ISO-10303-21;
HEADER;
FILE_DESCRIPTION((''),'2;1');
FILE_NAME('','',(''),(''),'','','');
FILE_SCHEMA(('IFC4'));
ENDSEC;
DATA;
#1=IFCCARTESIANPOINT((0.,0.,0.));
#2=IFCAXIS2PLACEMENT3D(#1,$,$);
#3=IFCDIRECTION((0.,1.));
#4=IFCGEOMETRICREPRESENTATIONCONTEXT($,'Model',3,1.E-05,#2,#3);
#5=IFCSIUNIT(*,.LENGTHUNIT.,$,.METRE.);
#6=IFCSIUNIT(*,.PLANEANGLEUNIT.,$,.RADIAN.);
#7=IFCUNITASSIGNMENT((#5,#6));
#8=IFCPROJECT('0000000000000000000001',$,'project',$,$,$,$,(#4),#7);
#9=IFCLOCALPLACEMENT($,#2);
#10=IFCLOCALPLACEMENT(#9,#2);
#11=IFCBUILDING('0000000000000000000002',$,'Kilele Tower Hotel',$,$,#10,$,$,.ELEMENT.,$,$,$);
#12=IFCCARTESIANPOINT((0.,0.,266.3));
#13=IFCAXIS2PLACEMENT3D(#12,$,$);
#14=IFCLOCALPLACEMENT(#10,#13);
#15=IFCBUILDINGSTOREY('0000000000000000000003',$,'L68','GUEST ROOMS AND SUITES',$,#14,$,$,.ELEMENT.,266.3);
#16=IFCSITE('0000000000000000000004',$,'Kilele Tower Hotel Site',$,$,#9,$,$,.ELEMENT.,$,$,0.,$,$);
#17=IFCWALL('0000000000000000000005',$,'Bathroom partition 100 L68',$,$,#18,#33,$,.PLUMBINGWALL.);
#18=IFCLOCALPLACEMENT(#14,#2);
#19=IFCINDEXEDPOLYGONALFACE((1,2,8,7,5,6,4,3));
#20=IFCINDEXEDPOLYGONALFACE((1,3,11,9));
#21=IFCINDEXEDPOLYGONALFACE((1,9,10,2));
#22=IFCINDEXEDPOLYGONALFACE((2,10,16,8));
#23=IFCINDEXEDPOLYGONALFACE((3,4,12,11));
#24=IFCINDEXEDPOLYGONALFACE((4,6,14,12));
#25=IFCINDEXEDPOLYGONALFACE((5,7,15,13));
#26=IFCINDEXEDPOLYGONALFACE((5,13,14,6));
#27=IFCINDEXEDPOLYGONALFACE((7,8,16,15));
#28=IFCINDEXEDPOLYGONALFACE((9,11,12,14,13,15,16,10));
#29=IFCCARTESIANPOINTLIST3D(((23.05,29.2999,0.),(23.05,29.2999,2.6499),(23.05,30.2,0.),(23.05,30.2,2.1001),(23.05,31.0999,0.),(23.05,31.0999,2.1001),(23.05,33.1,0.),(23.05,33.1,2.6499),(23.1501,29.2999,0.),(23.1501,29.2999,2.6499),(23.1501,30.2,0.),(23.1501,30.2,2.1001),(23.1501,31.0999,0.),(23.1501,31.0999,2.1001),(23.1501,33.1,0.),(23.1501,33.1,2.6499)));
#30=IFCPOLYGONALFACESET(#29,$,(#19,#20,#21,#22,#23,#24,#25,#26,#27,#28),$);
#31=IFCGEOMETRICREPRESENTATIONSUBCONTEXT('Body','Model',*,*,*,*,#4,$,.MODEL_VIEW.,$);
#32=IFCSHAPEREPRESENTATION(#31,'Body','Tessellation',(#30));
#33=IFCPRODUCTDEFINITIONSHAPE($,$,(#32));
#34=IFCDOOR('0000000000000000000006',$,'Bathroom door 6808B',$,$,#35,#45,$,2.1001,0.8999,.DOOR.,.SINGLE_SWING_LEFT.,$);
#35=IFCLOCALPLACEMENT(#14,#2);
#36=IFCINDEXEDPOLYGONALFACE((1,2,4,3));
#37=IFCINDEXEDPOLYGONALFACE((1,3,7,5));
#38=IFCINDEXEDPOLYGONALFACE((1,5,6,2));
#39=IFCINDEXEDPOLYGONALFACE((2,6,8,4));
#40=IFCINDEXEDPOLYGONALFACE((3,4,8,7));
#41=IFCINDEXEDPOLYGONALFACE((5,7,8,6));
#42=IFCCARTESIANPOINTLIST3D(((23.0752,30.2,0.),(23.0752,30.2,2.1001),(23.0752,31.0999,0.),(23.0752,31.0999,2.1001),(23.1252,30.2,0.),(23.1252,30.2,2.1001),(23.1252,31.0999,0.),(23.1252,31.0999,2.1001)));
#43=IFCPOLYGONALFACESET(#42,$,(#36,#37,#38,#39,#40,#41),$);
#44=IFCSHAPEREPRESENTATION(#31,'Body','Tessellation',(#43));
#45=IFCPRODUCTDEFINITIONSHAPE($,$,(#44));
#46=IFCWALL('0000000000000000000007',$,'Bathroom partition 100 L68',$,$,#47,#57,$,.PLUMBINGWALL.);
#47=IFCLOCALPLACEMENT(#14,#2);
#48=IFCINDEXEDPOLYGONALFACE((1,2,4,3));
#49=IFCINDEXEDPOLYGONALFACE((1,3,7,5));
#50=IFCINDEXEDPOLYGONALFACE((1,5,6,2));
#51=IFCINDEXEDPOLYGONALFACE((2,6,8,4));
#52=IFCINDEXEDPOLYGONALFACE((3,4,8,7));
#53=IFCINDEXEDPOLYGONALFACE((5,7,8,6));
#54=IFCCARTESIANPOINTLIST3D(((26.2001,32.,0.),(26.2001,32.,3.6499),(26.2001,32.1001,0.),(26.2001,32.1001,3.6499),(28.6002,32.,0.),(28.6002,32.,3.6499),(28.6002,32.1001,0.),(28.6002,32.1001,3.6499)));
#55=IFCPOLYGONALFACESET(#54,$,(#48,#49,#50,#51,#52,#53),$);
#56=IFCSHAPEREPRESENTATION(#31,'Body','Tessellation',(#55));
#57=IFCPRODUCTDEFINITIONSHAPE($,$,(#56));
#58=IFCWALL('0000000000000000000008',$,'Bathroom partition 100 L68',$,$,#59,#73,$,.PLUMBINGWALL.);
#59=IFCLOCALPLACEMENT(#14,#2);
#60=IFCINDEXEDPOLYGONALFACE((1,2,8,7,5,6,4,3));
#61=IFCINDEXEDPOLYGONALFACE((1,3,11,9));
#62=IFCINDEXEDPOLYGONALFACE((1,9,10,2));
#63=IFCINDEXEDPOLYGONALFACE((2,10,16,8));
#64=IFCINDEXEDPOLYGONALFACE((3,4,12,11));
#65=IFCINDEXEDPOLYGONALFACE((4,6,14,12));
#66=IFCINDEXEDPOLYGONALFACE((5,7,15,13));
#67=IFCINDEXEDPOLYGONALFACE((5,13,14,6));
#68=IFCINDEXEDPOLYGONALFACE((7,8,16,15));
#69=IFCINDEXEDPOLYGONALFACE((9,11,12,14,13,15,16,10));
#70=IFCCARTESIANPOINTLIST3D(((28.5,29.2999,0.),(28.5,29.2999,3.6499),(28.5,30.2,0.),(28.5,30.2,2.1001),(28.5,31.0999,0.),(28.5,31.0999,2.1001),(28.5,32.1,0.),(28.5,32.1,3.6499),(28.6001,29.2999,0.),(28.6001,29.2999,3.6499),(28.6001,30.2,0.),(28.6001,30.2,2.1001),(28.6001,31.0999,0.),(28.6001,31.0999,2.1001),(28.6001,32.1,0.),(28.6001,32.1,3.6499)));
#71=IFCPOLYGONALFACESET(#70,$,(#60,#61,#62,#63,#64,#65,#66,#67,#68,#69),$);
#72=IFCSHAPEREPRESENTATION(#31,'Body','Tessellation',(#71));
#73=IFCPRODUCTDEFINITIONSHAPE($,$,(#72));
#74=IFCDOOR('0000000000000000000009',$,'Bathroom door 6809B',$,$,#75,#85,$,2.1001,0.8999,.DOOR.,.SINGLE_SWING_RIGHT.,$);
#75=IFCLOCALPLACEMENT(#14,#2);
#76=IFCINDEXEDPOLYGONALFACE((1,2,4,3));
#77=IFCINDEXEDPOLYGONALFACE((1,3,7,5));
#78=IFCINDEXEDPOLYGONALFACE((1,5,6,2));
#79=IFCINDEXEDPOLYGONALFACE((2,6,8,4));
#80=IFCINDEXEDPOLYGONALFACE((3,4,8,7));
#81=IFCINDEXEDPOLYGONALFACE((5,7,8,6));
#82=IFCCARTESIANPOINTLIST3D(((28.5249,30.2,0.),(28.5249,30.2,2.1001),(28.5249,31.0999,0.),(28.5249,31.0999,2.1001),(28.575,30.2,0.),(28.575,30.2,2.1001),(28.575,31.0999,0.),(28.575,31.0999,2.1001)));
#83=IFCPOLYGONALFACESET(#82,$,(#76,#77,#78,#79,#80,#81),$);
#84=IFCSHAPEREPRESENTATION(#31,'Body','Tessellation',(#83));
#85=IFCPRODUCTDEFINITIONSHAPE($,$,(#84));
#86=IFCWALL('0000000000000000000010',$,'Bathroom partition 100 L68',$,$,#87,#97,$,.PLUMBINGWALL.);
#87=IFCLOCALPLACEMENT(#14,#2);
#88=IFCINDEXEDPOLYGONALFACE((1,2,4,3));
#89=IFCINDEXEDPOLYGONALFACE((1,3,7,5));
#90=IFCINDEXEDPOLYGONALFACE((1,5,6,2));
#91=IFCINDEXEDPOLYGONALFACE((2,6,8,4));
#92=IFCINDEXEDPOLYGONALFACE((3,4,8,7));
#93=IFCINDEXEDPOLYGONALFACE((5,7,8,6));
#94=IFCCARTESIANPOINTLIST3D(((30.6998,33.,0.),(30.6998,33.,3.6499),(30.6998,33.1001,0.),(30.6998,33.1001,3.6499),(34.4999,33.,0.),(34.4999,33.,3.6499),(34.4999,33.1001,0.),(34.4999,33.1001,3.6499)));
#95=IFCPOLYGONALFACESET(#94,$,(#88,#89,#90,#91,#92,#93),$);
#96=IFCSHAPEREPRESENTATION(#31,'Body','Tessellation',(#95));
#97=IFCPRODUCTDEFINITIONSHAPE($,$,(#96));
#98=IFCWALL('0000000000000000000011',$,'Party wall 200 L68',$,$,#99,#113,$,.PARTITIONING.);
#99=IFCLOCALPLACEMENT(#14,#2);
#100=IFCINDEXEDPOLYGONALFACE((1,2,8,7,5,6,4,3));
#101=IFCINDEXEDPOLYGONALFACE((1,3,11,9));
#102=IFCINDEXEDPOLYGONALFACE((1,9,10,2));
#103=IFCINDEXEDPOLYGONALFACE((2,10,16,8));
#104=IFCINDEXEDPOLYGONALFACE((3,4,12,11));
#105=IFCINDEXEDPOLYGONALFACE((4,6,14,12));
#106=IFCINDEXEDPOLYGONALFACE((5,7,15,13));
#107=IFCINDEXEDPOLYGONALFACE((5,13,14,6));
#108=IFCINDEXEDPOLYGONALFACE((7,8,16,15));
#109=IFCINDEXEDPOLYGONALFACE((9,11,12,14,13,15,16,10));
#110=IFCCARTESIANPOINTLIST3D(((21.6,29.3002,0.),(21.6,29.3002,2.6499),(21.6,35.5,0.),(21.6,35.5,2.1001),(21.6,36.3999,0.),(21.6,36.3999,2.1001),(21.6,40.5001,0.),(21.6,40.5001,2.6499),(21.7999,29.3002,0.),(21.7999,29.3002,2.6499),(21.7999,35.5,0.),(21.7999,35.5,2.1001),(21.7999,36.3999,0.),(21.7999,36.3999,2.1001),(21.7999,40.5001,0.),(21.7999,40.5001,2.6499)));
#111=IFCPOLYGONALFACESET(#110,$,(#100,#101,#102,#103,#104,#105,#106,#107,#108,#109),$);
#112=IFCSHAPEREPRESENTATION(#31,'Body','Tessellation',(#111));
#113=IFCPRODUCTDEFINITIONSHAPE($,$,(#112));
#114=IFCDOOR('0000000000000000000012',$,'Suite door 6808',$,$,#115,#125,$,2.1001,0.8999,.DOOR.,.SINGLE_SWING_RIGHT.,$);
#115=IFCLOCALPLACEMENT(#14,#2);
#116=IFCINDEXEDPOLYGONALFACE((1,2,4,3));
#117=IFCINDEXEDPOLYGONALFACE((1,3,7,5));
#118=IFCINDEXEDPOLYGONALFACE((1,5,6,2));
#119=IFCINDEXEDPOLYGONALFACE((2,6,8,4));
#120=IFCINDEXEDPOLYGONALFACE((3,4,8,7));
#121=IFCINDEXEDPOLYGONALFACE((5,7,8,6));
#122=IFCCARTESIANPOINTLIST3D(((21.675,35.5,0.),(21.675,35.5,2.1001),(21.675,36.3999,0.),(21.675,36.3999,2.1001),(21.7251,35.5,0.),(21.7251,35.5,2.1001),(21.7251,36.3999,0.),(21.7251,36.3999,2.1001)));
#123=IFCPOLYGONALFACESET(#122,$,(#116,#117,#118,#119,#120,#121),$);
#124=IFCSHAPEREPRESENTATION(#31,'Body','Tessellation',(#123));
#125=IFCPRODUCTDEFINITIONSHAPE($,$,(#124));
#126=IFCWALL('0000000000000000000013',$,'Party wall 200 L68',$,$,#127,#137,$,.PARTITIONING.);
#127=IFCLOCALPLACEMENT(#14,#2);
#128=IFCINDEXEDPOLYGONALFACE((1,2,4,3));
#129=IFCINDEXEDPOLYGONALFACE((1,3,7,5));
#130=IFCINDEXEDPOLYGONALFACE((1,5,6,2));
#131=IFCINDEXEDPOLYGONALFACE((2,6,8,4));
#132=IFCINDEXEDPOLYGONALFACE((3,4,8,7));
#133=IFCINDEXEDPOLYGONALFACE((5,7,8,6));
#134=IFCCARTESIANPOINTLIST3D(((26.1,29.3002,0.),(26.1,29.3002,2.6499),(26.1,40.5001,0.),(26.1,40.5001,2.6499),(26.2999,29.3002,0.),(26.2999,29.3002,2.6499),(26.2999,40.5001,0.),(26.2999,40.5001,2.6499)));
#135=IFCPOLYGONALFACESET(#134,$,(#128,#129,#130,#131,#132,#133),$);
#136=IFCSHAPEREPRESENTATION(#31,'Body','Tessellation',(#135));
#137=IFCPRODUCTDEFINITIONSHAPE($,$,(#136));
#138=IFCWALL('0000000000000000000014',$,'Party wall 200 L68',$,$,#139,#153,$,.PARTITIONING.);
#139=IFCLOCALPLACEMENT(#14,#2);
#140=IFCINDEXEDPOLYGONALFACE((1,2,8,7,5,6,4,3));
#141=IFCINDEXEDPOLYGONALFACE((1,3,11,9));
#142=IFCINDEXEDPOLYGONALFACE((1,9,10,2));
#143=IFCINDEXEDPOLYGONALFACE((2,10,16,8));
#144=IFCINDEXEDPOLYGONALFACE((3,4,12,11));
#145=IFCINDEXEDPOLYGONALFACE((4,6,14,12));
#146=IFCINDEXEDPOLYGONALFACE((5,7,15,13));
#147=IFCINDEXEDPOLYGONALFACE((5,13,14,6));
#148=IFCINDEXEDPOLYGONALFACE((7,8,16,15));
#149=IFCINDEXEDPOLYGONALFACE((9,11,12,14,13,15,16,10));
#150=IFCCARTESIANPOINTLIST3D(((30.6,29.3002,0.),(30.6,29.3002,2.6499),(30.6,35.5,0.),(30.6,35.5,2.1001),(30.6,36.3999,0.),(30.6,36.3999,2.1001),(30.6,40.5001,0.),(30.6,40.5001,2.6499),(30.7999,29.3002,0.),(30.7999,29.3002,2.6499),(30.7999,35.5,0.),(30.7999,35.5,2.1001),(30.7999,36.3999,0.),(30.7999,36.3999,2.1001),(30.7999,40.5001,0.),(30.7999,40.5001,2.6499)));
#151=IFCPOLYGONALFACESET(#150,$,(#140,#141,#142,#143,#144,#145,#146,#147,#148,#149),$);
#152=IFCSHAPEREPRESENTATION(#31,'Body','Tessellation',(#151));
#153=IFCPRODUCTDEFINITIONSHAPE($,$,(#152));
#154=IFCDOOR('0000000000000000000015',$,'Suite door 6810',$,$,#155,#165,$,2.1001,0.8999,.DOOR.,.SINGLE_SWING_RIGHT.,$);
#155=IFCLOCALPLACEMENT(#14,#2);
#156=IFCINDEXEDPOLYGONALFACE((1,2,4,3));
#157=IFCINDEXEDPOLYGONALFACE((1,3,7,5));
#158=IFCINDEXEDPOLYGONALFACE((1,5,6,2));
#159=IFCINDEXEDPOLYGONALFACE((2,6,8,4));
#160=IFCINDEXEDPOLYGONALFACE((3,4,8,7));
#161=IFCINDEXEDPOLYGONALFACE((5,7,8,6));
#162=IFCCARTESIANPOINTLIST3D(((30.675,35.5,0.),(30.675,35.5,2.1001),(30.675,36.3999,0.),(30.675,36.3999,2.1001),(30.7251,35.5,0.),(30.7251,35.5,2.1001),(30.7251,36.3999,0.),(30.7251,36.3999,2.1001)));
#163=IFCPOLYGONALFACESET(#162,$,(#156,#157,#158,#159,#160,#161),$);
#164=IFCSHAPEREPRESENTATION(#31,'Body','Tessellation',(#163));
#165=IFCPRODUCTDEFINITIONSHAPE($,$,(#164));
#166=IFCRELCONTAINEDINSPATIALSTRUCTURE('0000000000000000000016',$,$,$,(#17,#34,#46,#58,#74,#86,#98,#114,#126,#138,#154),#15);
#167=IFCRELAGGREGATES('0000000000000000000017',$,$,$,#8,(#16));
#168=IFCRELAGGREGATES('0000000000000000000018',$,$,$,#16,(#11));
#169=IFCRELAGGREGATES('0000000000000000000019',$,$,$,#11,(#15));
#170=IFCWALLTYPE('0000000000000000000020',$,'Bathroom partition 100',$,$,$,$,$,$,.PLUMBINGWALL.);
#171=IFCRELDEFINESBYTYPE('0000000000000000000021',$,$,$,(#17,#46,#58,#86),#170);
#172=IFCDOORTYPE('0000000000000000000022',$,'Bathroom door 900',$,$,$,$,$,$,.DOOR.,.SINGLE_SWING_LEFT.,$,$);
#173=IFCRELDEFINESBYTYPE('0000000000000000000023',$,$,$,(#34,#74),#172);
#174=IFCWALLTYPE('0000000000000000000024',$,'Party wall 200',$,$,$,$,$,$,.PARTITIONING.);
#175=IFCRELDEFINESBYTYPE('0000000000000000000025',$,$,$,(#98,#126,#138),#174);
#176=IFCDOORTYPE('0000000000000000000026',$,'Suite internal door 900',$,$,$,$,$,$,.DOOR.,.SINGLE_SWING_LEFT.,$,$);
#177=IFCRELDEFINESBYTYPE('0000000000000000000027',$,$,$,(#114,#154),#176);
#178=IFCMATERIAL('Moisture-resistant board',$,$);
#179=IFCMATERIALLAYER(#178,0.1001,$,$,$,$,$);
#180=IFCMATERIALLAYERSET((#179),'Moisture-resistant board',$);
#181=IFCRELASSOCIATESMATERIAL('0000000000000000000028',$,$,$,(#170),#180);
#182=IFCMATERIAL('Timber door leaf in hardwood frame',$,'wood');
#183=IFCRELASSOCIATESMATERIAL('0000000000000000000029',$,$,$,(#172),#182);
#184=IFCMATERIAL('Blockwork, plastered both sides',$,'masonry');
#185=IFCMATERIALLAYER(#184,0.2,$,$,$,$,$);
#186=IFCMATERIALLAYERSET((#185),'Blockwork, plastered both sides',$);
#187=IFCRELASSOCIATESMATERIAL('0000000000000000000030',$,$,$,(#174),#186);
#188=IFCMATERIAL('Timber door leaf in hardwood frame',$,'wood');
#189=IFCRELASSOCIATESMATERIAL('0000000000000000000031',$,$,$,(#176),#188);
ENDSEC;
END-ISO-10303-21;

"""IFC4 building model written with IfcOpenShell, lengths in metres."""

from ifc_helpers import new_model, si_unit, direction, frame, frame_2d, origin, place, context, subcontext, project, spatial, rectangle, extrude, material, layer, layer_set, type_object, element, fill, save


model = new_model("IFC4")

# Units and contexts
model_context = context("Model", 3, precision=1e-05, world=origin(), true_north=direction((0.0, 1.0)))
body_context = subcontext(model_context, "Body", "Model", "MODEL_VIEW")
ifc_project = project(units=[si_unit("LENGTHUNIT", "METRE"), si_unit("PLANEANGLEUNIT", "RADIAN")], contexts=[model_context])

# Site, building, storey
site_placement = place(None, origin())
site = spatial("IfcSite", under=ifc_project, at=site_placement, Name="Kilele Tower Hotel Site", CompositionType="ELEMENT", RefElevation=0.0)
building_placement = place(site_placement, origin())
building = spatial("IfcBuilding", under=site, at=building_placement, Name="Kilele Tower Hotel", CompositionType="ELEMENT")
storey_placement = place(building_placement, frame((0.0, 0.0, 266.3)))
storey = spatial("IfcBuildingStorey", under=building, at=storey_placement, Name="L68", Description="GUEST ROOMS AND SUITES", CompositionType="ELEMENT", Elevation=266.3)

# Shared definitions
ifc_material_1 = material(Name="Moisture-resistant board")
ifc_layer_1 = layer(ifc_material_1, 0.1001)
ifc_layer_set_1 = layer_set([ifc_layer_1], Name="Moisture-resistant board")
wall_type_1 = type_object("IfcWallType", Name="Bathroom partition 100", PredefinedType="PLUMBINGWALL", material=ifc_layer_set_1)

# Shared definitions
ifc_material_2 = material(Name="Timber door leaf in hardwood frame", Category="wood")
door_type_1 = type_object("IfcDoorType", Name="Bathroom door 900", OperationType="SINGLE_SWING_LEFT", PredefinedType="DOOR", material=ifc_material_2)

# Wall, opening, door
wall_1_placement = place(storey_placement, frame((23.1001, 29.3, 0.0), z_axis=(0.0, 0.0, 1.0), x_axis=(0.0, 1.0, 0.0)))
wall_1 = element("IfcWall", 1, at=wall_1_placement, inside=storey, type_object=wall_type_1, Name="Bathroom partition 100 L68", PredefinedType="PLUMBINGWALL", context=body_context, shape_type="SweptSolid", body=[
    extrude(rectangle(XDim=3.8, YDim=0.1001, at=frame_2d((1.8999, 0.0))), origin(), (0.0, 0.0, 1.0), 2.6499),
])
opening_1_placement = place(wall_1_placement, frame((0.8999, 0.0, 0.0)))
opening_1 = element("IfcOpeningElement", 2, at=opening_1_placement, cuts=wall_1, PredefinedType="OPENING", context=body_context, shape_type="SweptSolid", body=[
    extrude(rectangle(XDim=0.8999, YDim=2.1001, at=frame_2d((0.45, 1.05))), frame((0.0, 0.0601, 0.0), z_axis=(0.0, -1.0, 0.0), x_axis=(1.0, 0.0, 0.0)), (0.0, 0.0, 1.0), 0.1201),
])
door_1_placement = place(opening_1_placement, origin())
door_1 = element("IfcDoor", 3, at=door_1_placement, inside=storey, type_object=door_type_1, Name="Bathroom door 6808B", OperationType="SINGLE_SWING_LEFT", OverallHeight=2.1001, OverallWidth=0.8999, PredefinedType="DOOR", context=body_context, shape_type="SweptSolid", body=[
    extrude(rectangle(XDim=0.8999, YDim=2.1001, at=frame_2d((0.45, 1.05))), frame((0.0, 0.0249, 0.0), z_axis=(0.0, -1.0, 0.0), x_axis=(1.0, 0.0, 0.0)), (0.0, 0.0, 1.0), 0.05),
])
fill(opening_1, door_1)

# Wall
wall_2_placement = place(storey_placement, frame((26.2, 32.05, 0.0), z_axis=(0.0, 0.0, 1.0), x_axis=(1.0, 0.0, 0.0)))
element("IfcWall", 4, at=wall_2_placement, inside=storey, type_object=wall_type_1, Name="Bathroom partition 100 L68", PredefinedType="PLUMBINGWALL", context=body_context, shape_type="SweptSolid", body=[
    extrude(rectangle(XDim=2.4001, YDim=0.1001, at=frame_2d((1.2002, 0.0))), origin(), (0.0, 0.0, 1.0), 3.6499),
])

# Wall, opening, door
wall_3_placement = place(storey_placement, frame((28.55, 29.3, 0.0), z_axis=(0.0, 0.0, 1.0), x_axis=(0.0, 1.0, 0.0)))
wall_3 = element("IfcWall", 5, at=wall_3_placement, inside=storey, type_object=wall_type_1, Name="Bathroom partition 100 L68", PredefinedType="PLUMBINGWALL", context=body_context, shape_type="SweptSolid", body=[
    extrude(rectangle(XDim=2.8, YDim=0.1001, at=frame_2d((1.3999, 0.0))), origin(), (0.0, 0.0, 1.0), 3.6499),
])
opening_2_placement = place(wall_3_placement, frame((1.7998, 0.0, 0.0), z_axis=(0.0, 0.0, 1.0), x_axis=(-1.0, 0.0, 0.0)))
opening_2 = element("IfcOpeningElement", 6, at=opening_2_placement, cuts=wall_3, PredefinedType="OPENING", context=body_context, shape_type="SweptSolid", body=[
    extrude(rectangle(XDim=0.8999, YDim=2.1001, at=frame_2d((0.45, 1.05))), frame((0.0, 0.0601, 0.0), z_axis=(0.0, -1.0, 0.0), x_axis=(1.0, 0.0, 0.0)), (0.0, 0.0, 1.0), 0.1201),
])
door_2_placement = place(opening_2_placement, origin())
door_2 = element("IfcDoor", 7, at=door_2_placement, inside=storey, type_object=door_type_1, Name="Bathroom door 6809B", OperationType="SINGLE_SWING_RIGHT", OverallHeight=2.1001, OverallWidth=0.8999, PredefinedType="DOOR", context=body_context, shape_type="SweptSolid", body=[
    extrude(rectangle(XDim=0.8999, YDim=2.1001, at=frame_2d((0.45, 1.05))), frame((0.0, 0.0249, 0.0), z_axis=(0.0, -1.0, 0.0), x_axis=(1.0, 0.0, 0.0)), (0.0, 0.0, 1.0), 0.05),
])
fill(opening_2, door_2)

# Wall
wall_4_placement = place(storey_placement, frame((30.7, 33.05, 0.0), z_axis=(0.0, 0.0, 1.0), x_axis=(1.0, 0.0, 0.0)))
element("IfcWall", 8, at=wall_4_placement, inside=storey, type_object=wall_type_1, Name="Bathroom partition 100 L68", PredefinedType="PLUMBINGWALL", context=body_context, shape_type="SweptSolid", body=[
    extrude(rectangle(XDim=3.8, YDim=0.1001, at=frame_2d((1.8999, 0.0))), origin(), (0.0, 0.0, 1.0), 3.6499),
])

# Wall, opening, door
ifc_material_3 = material(Name="Blockwork, plastered both sides", Category="masonry")
ifc_layer_2 = layer(ifc_material_3, 0.2)
ifc_layer_set_2 = layer_set([ifc_layer_2], Name="Blockwork, plastered both sides")
wall_type_2 = type_object("IfcWallType", Name="Party wall 200", PredefinedType="PARTITIONING", material=ifc_layer_set_2)
wall_5_placement = place(storey_placement, frame((21.7, 29.3, 0.0), z_axis=(0.0, 0.0, 1.0), x_axis=(0.0, 1.0, 0.0)))
wall_5 = element("IfcWall", 9, at=wall_5_placement, inside=storey, type_object=wall_type_2, Name="Party wall 200 L68", PredefinedType="PARTITIONING", context=body_context, shape_type="SweptSolid", body=[
    extrude(rectangle(XDim=11.2, YDim=0.2, at=frame_2d((5.6001, 0.0))), origin(), (0.0, 0.0, 1.0), 2.6499),
])
opening_3_placement = place(wall_5_placement, frame((6.2, 0.0, 0.0)))
opening_3 = element("IfcOpeningElement", 10, at=opening_3_placement, cuts=wall_5, PredefinedType="OPENING", context=body_context, shape_type="SweptSolid", body=[
    extrude(rectangle(XDim=0.8999, YDim=2.1001, at=frame_2d((0.45, 1.05))), frame((0.0, 0.1099, 0.0), z_axis=(0.0, -1.0, 0.0), x_axis=(1.0, 0.0, 0.0)), (0.0, 0.0, 1.0), 0.22),
])
ifc_material_4 = material(Name="Timber door leaf in hardwood frame", Category="wood")
door_type_2 = type_object("IfcDoorType", Name="Suite internal door 900", OperationType="SINGLE_SWING_LEFT", PredefinedType="DOOR", material=ifc_material_4)
door_3_placement = place(opening_3_placement, origin())
door_3 = element("IfcDoor", 11, at=door_3_placement, inside=storey, type_object=door_type_2, Name="Suite door 6808", OperationType="SINGLE_SWING_RIGHT", OverallHeight=2.1001, OverallWidth=0.8999, PredefinedType="DOOR", context=body_context, shape_type="SweptSolid", body=[
    extrude(rectangle(XDim=0.8999, YDim=2.1001, at=frame_2d((0.45, 1.05))), frame((0.0, 0.0249, 0.0), z_axis=(0.0, -1.0, 0.0), x_axis=(1.0, 0.0, 0.0)), (0.0, 0.0, 1.0), 0.05),
])
fill(opening_3, door_3)

# Wall
wall_6_placement = place(storey_placement, frame((26.2, 29.3, 0.0), z_axis=(0.0, 0.0, 1.0), x_axis=(0.0, 1.0, 0.0)))
element("IfcWall", 12, at=wall_6_placement, inside=storey, type_object=wall_type_2, Name="Party wall 200 L68", PredefinedType="PARTITIONING", context=body_context, shape_type="SweptSolid", body=[
    extrude(rectangle(XDim=11.2, YDim=0.2, at=frame_2d((5.6001, 0.0))), origin(), (0.0, 0.0, 1.0), 2.6499),
])

# Wall, opening, door
wall_7_placement = place(storey_placement, frame((30.7, 29.3, 0.0), z_axis=(0.0, 0.0, 1.0), x_axis=(0.0, 1.0, 0.0)))
wall_7 = element("IfcWall", 13, at=wall_7_placement, inside=storey, type_object=wall_type_2, Name="Party wall 200 L68", PredefinedType="PARTITIONING", context=body_context, shape_type="SweptSolid", body=[
    extrude(rectangle(XDim=11.2, YDim=0.2, at=frame_2d((5.6001, 0.0))), origin(), (0.0, 0.0, 1.0), 2.6499),
])
opening_4_placement = place(wall_7_placement, frame((6.2, 0.0, 0.0)))
opening_4 = element("IfcOpeningElement", 14, at=opening_4_placement, cuts=wall_7, PredefinedType="OPENING", context=body_context, shape_type="SweptSolid", body=[
    extrude(rectangle(XDim=0.8999, YDim=2.1001, at=frame_2d((0.45, 1.05))), frame((0.0, 0.1099, 0.0), z_axis=(0.0, -1.0, 0.0), x_axis=(1.0, 0.0, 0.0)), (0.0, 0.0, 1.0), 0.22),
])
door_4_placement = place(opening_4_placement, origin())
door_4 = element("IfcDoor", 15, at=door_4_placement, inside=storey, type_object=door_type_2, Name="Suite door 6810", OperationType="SINGLE_SWING_RIGHT", OverallHeight=2.1001, OverallWidth=0.8999, PredefinedType="DOOR", context=body_context, shape_type="SweptSolid", body=[
    extrude(rectangle(XDim=0.8999, YDim=2.1001, at=frame_2d((0.45, 1.05))), frame((0.0, 0.0249, 0.0), z_axis=(0.0, -1.0, 0.0), x_axis=(1.0, 0.0, 0.0)), (0.0, 0.0, 1.0), 0.05),
])
fill(opening_4, door_4)

save(model, "model.ifc")
